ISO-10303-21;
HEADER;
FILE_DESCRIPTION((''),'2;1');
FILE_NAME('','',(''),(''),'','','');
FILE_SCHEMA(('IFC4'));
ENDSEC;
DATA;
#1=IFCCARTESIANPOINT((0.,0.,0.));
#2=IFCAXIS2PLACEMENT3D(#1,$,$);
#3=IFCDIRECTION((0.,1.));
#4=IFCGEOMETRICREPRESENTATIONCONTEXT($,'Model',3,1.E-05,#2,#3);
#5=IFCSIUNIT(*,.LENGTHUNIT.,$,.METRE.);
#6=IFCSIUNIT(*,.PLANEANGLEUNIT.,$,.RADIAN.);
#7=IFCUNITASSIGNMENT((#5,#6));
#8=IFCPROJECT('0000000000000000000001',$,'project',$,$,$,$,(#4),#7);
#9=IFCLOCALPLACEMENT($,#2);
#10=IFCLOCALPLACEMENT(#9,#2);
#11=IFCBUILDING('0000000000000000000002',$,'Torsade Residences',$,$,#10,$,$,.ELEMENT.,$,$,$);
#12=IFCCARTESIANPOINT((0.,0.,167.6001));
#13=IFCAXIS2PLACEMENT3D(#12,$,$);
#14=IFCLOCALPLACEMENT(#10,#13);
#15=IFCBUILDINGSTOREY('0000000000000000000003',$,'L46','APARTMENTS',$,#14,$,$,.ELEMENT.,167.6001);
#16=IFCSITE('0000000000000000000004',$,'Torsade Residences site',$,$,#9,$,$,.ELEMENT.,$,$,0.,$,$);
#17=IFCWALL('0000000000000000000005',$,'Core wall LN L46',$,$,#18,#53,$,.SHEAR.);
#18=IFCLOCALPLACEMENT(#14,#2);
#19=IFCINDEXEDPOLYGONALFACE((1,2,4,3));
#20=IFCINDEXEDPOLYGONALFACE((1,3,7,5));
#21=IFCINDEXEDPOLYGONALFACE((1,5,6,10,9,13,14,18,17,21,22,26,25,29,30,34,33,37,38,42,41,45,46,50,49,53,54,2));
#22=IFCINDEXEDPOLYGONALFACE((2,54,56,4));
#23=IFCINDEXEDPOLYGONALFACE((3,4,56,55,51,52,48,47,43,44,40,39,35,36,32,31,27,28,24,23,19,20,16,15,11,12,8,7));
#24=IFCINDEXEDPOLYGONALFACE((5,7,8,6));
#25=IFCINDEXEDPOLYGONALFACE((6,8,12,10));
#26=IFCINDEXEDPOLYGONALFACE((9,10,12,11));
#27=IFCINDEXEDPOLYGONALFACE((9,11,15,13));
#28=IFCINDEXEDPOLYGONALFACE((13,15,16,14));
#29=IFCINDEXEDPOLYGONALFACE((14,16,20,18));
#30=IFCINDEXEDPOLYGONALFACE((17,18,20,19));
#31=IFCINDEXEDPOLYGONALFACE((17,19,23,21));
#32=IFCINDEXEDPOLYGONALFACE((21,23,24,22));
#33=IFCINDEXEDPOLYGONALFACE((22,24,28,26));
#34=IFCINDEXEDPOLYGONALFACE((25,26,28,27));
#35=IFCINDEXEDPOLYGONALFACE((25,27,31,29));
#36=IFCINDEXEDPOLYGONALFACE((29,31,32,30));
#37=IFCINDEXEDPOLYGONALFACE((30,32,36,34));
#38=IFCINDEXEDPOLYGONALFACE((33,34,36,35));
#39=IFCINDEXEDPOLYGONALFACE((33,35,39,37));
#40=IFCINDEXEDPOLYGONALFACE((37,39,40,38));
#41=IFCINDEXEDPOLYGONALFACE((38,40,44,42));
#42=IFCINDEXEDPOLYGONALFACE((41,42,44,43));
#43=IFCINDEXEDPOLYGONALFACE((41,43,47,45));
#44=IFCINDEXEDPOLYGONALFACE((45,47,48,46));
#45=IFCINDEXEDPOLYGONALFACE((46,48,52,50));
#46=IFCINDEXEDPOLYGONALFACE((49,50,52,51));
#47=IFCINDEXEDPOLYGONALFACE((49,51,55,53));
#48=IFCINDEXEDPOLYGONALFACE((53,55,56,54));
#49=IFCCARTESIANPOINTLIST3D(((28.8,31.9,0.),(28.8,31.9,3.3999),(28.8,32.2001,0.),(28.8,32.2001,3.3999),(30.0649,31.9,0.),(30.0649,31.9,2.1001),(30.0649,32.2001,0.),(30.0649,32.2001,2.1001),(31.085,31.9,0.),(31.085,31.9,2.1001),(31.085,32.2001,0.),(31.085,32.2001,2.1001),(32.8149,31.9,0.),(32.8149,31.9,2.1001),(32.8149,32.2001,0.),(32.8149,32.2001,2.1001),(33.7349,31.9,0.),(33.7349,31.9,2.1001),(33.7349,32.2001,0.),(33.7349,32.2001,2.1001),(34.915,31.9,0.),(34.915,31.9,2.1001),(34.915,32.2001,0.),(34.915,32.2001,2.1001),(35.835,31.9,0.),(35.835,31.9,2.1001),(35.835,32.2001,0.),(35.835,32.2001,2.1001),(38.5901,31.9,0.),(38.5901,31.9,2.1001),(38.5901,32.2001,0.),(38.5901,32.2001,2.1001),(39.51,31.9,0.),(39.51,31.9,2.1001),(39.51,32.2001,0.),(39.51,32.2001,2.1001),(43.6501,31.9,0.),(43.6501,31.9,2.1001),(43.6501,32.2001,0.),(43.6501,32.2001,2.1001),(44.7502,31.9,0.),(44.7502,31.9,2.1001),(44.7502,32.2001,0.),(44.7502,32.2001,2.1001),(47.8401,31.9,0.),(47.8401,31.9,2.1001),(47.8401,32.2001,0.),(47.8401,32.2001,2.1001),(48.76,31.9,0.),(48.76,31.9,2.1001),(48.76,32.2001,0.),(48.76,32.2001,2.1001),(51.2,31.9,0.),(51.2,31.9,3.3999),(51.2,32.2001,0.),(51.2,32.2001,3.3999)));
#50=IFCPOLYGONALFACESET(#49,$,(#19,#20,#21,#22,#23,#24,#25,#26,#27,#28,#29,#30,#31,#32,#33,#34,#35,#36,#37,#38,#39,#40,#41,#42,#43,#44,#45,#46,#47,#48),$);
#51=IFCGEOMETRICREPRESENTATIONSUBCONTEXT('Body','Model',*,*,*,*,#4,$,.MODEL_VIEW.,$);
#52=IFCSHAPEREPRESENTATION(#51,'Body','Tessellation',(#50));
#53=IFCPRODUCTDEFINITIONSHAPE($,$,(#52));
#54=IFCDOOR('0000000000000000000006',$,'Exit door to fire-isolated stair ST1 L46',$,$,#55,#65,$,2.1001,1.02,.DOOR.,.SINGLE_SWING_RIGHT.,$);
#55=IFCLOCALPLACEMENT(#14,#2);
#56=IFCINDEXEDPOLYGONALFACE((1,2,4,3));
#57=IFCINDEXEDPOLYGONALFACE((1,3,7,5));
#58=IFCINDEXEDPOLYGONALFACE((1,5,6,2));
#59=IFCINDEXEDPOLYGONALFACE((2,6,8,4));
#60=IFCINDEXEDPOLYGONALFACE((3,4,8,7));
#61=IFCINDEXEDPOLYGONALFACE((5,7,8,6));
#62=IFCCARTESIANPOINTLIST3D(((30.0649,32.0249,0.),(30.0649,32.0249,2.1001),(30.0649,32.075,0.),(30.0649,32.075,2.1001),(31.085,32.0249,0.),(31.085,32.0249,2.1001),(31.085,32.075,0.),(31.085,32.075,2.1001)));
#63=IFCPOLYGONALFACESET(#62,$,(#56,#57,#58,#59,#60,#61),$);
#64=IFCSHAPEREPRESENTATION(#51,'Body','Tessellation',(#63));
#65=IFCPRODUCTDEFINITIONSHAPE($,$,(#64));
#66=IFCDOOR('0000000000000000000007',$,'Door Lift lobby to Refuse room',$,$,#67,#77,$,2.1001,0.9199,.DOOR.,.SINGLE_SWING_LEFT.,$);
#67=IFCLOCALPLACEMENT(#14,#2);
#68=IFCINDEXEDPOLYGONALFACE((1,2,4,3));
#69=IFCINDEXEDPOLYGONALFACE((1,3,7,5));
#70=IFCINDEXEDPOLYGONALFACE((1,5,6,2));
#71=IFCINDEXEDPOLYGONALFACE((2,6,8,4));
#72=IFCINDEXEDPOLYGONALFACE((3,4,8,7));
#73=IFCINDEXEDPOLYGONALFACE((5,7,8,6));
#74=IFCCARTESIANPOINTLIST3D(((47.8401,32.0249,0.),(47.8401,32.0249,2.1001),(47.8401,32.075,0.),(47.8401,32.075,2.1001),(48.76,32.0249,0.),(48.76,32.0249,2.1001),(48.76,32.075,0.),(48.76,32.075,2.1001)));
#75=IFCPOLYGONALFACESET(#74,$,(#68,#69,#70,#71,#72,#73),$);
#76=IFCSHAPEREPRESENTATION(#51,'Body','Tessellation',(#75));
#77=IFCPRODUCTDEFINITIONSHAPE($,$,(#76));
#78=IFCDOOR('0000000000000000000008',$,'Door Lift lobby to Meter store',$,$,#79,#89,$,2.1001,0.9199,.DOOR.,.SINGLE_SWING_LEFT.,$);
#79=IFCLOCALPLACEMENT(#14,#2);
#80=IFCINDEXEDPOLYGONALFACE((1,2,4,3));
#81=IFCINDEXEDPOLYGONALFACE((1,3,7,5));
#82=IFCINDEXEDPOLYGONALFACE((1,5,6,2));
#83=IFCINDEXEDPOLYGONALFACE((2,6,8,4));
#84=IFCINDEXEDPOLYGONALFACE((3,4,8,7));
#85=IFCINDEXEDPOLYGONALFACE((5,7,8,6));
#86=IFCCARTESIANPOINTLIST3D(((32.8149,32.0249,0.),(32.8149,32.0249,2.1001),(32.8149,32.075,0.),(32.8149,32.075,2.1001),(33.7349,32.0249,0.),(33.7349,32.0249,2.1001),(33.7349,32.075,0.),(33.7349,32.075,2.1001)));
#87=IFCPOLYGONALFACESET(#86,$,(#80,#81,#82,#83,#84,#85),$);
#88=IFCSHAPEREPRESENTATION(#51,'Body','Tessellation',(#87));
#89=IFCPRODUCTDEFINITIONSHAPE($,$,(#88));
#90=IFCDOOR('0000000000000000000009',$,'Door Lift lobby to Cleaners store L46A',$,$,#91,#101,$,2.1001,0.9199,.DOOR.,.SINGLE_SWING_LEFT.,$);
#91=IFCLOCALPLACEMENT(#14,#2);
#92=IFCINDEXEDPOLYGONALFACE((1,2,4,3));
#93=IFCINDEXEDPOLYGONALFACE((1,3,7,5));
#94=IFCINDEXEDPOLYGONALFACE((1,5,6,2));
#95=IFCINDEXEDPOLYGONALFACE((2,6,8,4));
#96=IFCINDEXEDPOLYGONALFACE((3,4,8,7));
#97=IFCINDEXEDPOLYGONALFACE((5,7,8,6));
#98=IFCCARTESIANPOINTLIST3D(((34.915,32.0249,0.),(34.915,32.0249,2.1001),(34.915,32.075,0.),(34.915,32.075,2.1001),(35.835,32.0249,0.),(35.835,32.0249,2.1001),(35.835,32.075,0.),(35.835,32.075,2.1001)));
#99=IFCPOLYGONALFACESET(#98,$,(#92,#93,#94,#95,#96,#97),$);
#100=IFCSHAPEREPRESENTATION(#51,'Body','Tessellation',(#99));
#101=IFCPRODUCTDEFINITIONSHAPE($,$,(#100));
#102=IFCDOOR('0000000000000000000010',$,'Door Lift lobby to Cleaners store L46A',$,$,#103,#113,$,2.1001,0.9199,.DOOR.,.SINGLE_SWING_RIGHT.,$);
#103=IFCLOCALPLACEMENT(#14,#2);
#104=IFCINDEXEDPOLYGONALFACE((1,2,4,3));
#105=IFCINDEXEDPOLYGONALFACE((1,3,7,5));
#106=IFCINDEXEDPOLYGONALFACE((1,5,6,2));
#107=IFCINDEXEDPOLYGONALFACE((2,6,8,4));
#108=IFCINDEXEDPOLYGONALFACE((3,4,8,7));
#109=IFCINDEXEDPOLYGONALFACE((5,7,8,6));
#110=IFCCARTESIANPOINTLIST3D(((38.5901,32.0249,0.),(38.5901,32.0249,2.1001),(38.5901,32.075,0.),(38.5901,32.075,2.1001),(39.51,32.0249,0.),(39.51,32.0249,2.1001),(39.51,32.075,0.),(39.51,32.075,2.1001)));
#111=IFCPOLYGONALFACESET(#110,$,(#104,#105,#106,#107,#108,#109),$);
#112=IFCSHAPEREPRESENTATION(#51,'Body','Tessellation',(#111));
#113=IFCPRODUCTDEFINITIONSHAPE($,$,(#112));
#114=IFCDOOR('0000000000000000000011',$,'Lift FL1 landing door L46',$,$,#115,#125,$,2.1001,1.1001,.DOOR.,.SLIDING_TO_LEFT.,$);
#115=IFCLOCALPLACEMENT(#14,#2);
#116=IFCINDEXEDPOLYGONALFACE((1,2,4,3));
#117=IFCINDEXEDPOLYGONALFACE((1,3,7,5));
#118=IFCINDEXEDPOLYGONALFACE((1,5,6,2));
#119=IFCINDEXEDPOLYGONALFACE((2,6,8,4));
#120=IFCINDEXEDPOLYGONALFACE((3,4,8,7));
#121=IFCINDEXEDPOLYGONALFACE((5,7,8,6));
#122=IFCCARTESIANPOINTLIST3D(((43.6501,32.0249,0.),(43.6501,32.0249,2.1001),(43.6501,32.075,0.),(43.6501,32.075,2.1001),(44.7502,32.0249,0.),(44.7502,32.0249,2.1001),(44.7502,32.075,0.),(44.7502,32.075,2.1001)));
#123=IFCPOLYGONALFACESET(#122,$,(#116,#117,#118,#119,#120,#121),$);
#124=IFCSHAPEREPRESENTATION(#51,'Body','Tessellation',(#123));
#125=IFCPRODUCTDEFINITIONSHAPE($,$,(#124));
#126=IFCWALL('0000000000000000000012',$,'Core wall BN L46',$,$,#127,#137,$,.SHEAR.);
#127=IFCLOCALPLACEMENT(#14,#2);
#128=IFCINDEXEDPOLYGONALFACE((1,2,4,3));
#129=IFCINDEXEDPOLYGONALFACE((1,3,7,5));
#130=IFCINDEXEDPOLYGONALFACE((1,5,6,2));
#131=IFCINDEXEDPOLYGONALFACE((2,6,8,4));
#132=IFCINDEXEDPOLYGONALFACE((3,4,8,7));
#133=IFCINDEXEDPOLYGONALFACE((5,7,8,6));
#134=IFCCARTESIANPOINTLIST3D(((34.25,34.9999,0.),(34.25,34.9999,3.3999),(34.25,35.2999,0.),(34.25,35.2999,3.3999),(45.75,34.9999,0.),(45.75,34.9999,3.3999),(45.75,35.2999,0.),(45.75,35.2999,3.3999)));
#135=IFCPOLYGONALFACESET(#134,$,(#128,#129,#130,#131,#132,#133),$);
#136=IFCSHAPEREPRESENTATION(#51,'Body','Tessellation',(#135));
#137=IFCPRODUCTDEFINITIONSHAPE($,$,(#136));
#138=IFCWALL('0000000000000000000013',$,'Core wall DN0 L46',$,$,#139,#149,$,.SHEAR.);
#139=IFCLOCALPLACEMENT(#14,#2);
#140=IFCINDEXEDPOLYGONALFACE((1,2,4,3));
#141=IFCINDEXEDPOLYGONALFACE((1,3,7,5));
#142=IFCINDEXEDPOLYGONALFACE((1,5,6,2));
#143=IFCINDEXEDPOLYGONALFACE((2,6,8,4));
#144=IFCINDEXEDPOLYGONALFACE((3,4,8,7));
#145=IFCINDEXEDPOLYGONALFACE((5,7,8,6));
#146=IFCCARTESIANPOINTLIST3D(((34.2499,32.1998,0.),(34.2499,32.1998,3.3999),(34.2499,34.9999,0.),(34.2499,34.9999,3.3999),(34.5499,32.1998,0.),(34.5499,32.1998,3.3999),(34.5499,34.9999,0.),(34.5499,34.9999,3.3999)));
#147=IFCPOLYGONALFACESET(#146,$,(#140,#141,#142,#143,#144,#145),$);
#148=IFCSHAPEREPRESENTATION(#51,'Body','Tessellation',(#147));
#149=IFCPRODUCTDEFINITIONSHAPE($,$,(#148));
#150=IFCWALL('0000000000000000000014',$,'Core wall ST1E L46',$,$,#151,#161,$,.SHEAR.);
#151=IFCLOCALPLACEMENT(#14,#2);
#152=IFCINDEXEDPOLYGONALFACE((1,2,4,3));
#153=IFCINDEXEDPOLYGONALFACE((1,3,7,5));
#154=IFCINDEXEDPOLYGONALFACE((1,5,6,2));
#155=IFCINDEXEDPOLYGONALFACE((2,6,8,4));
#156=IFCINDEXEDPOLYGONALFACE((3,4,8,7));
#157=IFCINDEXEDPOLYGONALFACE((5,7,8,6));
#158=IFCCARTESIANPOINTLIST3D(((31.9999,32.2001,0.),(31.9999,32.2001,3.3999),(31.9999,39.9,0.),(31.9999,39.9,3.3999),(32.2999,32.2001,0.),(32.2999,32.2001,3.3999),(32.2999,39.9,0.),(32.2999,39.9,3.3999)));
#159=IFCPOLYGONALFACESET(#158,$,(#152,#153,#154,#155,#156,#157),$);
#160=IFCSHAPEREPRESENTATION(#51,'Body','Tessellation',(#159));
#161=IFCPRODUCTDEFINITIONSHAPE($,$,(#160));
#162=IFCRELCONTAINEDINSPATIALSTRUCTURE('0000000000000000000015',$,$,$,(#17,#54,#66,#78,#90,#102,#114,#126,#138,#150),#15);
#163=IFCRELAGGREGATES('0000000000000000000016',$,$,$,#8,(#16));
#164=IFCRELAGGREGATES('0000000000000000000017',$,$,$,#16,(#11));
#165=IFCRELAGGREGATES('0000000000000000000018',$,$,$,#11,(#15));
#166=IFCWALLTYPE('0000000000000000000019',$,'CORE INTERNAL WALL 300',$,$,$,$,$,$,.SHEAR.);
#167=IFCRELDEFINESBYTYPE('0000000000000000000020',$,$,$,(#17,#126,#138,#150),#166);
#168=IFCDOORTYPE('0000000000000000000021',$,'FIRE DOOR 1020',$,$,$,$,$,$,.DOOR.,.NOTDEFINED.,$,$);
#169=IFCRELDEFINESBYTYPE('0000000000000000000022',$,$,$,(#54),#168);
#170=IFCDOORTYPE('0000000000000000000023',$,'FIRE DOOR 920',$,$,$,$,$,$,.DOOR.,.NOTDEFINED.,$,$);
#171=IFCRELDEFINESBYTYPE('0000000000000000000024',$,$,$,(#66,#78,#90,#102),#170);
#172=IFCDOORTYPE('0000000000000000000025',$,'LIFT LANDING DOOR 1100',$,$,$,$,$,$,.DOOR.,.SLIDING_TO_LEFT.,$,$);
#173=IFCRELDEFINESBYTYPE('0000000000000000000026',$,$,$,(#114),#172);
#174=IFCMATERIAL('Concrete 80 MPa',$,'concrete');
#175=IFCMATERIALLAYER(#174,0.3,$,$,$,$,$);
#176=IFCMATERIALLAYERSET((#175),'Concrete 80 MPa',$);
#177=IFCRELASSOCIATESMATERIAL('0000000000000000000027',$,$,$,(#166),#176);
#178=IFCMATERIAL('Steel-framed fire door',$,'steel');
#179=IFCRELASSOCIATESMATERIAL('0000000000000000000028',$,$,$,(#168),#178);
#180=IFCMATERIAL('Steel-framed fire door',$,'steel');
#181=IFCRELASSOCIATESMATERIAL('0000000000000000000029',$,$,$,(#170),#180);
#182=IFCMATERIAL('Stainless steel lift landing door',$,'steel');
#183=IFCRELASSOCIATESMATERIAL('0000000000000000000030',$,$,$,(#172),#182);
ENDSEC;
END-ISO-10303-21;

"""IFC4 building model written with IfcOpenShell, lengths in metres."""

from ifc_helpers import new_model, si_unit, direction, frame, frame_2d, origin, place, context, subcontext, project, spatial, rectangle, extrude, material, layer, layer_set, type_object, element, fill, save


model = new_model("IFC4")

# Units and contexts
model_context = context("Model", 3, precision=1e-05, world=origin(), true_north=direction((0.0, 1.0)))
body_context = subcontext(model_context, "Body", "Model", "MODEL_VIEW")
ifc_project = project(units=[si_unit("LENGTHUNIT", "METRE"), si_unit("PLANEANGLEUNIT", "RADIAN")], contexts=[model_context])

# Site, building, storey
site_placement = place(None, origin())
site = spatial("IfcSite", under=ifc_project, at=site_placement, Name="Torsade Residences site", CompositionType="ELEMENT", RefElevation=0.0)
building_placement = place(site_placement, origin())
building = spatial("IfcBuilding", under=site, at=building_placement, Name="Torsade Residences", CompositionType="ELEMENT")
storey_placement = place(building_placement, frame((0.0, 0.0, 167.6001)))
storey = spatial("IfcBuildingStorey", under=building, at=storey_placement, Name="L46", Description="APARTMENTS", CompositionType="ELEMENT", Elevation=167.6001)

# Wall, openings, doors
ifc_material_1 = material(Name="Concrete 80 MPa", Category="concrete")
ifc_layer_1 = layer(ifc_material_1, 0.3)
ifc_layer_set_1 = layer_set([ifc_layer_1], Name="Concrete 80 MPa")
wall_type_1 = type_object("IfcWallType", Name="CORE INTERNAL WALL 300", PredefinedType="SHEAR", material=ifc_layer_set_1)
wall_1_placement = place(storey_placement, frame((28.8, 32.05, 0.0), z_axis=(0.0, 0.0, 1.0), x_axis=(1.0, 0.0, 0.0)))
wall_1 = element("IfcWall", 1, at=wall_1_placement, inside=storey, type_object=wall_type_1, Name="Core wall LN L46", PredefinedType="SHEAR", context=body_context, shape_type="SweptSolid", body=[
    extrude(rectangle(XDim=22.3999, YDim=0.3, at=frame_2d((11.2, 0.0))), origin(), (0.0, 0.0, 1.0), 3.3999),
])
opening_1_placement = place(wall_1_placement, frame((19.04, 0.0, 0.0)))
opening_1 = element("IfcOpeningElement", 2, at=opening_1_placement, cuts=wall_1, PredefinedType="OPENING", context=body_context, shape_type="SweptSolid", body=[
    extrude(rectangle(XDim=0.9199, YDim=2.1001, at=frame_2d((0.46, 1.05))), frame((0.0, 0.1599, 0.0), z_axis=(0.0, -1.0, 0.0), x_axis=(1.0, 0.0, 0.0)), (0.0, 0.0, 1.0), 0.3201),
])
opening_2_placement = place(wall_1_placement, frame((1.2649, 0.0, 0.0)))
opening_2 = element("IfcOpeningElement", 3, at=opening_2_placement, cuts=wall_1, PredefinedType="OPENING", context=body_context, shape_type="SweptSolid", body=[
    extrude(rectangle(XDim=1.02, YDim=2.1001, at=frame_2d((0.51, 1.05))), frame((0.0, 0.1599, 0.0), z_axis=(0.0, -1.0, 0.0), x_axis=(1.0, 0.0, 0.0)), (0.0, 0.0, 1.0), 0.3201),
])
opening_3_placement = place(wall_1_placement, frame((4.0149, 0.0, 0.0)))
opening_3 = element("IfcOpeningElement", 4, at=opening_3_placement, cuts=wall_1, PredefinedType="OPENING", context=body_context, shape_type="SweptSolid", body=[
    extrude(rectangle(XDim=0.9199, YDim=2.1001, at=frame_2d((0.46, 1.05))), frame((0.0, 0.1599, 0.0), z_axis=(0.0, -1.0, 0.0), x_axis=(1.0, 0.0, 0.0)), (0.0, 0.0, 1.0), 0.3201),
])
opening_4_placement = place(wall_1_placement, frame((6.115, 0.0, 0.0)))
opening_4 = element("IfcOpeningElement", 5, at=opening_4_placement, cuts=wall_1, PredefinedType="OPENING", context=body_context, shape_type="SweptSolid", body=[
    extrude(rectangle(XDim=0.9199, YDim=2.1001, at=frame_2d((0.46, 1.05))), frame((0.0, 0.1599, 0.0), z_axis=(0.0, -1.0, 0.0), x_axis=(1.0, 0.0, 0.0)), (0.0, 0.0, 1.0), 0.3201),
])
opening_5_placement = place(wall_1_placement, frame((9.79, 0.0, 0.0)))
opening_5 = element("IfcOpeningElement", 6, at=opening_5_placement, cuts=wall_1, PredefinedType="OPENING", context=body_context, shape_type="SweptSolid", body=[
    extrude(rectangle(XDim=0.9199, YDim=2.1001, at=frame_2d((0.46, 1.05))), frame((0.0, 0.1599, 0.0), z_axis=(0.0, -1.0, 0.0), x_axis=(1.0, 0.0, 0.0)), (0.0, 0.0, 1.0), 0.3201),
])
opening_6_placement = place(wall_1_placement, frame((14.8501, 0.0, 0.0)))
opening_6 = element("IfcOpeningElement", 7, at=opening_6_placement, cuts=wall_1, PredefinedType="OPENING", context=body_context, shape_type="SweptSolid", body=[
    extrude(rectangle(XDim=1.1001, YDim=2.1001, at=frame_2d((0.55, 1.05))), frame((0.0, 0.1599, 0.0), z_axis=(0.0, -1.0, 0.0), x_axis=(1.0, 0.0, 0.0)), (0.0, 0.0, 1.0), 0.3201),
])
ifc_material_2 = material(Name="Steel-framed fire door", Category="steel")
door_type_1 = type_object("IfcDoorType", Name="FIRE DOOR 1020", OperationType="NOTDEFINED", PredefinedType="DOOR", material=ifc_material_2)
door_1_placement = place(opening_2_placement, origin())
door_1 = element("IfcDoor", 8, at=door_1_placement, inside=storey, type_object=door_type_1, Name="Exit door to fire-isolated stair ST1 L46", OperationType="SINGLE_SWING_RIGHT", OverallHeight=2.1001, OverallWidth=1.02, PredefinedType="DOOR", context=body_context, shape_type="SweptSolid", body=[
    extrude(rectangle(XDim=1.02, YDim=2.1001, at=frame_2d((0.51, 1.05))), frame((0.0, 0.0249, 0.0), z_axis=(0.0, -1.0, 0.0), x_axis=(1.0, 0.0, 0.0)), (0.0, 0.0, 1.0), 0.05),
])
fill(opening_2, door_1)
ifc_material_3 = material(Name="Steel-framed fire door", Category="steel")
door_type_2 = type_object("IfcDoorType", Name="FIRE DOOR 920", OperationType="NOTDEFINED", PredefinedType="DOOR", material=ifc_material_3)
door_2_placement = place(opening_1_placement, origin())
door_2 = element("IfcDoor", 9, at=door_2_placement, inside=storey, type_object=door_type_2, Name="Door Lift lobby to Refuse room", OperationType="SINGLE_SWING_LEFT", OverallHeight=2.1001, OverallWidth=0.9199, PredefinedType="DOOR", context=body_context, shape_type="SweptSolid", body=[
    extrude(rectangle(XDim=0.9199, YDim=2.1001, at=frame_2d((0.46, 1.05))), frame((0.0, 0.0249, 0.0), z_axis=(0.0, -1.0, 0.0), x_axis=(1.0, 0.0, 0.0)), (0.0, 0.0, 1.0), 0.05),
])
fill(opening_1, door_2)
door_3_placement = place(opening_3_placement, origin())
door_3 = element("IfcDoor", 10, at=door_3_placement, inside=storey, type_object=door_type_2, Name="Door Lift lobby to Meter store", OperationType="SINGLE_SWING_LEFT", OverallHeight=2.1001, OverallWidth=0.9199, PredefinedType="DOOR", context=body_context, shape_type="SweptSolid", body=[
    extrude(rectangle(XDim=0.9199, YDim=2.1001, at=frame_2d((0.46, 1.05))), frame((0.0, 0.0249, 0.0), z_axis=(0.0, -1.0, 0.0), x_axis=(1.0, 0.0, 0.0)), (0.0, 0.0, 1.0), 0.05),
])
fill(opening_3, door_3)
door_4_placement = place(opening_4_placement, origin())
door_4 = element("IfcDoor", 11, at=door_4_placement, inside=storey, type_object=door_type_2, Name="Door Lift lobby to Cleaners store L46A", OperationType="SINGLE_SWING_LEFT", OverallHeight=2.1001, OverallWidth=0.9199, PredefinedType="DOOR", context=body_context, shape_type="SweptSolid", body=[
    extrude(rectangle(XDim=0.9199, YDim=2.1001, at=frame_2d((0.46, 1.05))), frame((0.0, 0.0249, 0.0), z_axis=(0.0, -1.0, 0.0), x_axis=(1.0, 0.0, 0.0)), (0.0, 0.0, 1.0), 0.05),
])
fill(opening_4, door_4)
door_5_placement = place(opening_5_placement, origin())
door_5 = element("IfcDoor", 12, at=door_5_placement, inside=storey, type_object=door_type_2, Name="Door Lift lobby to Cleaners store L46A", OperationType="SINGLE_SWING_RIGHT", OverallHeight=2.1001, OverallWidth=0.9199, PredefinedType="DOOR", context=body_context, shape_type="SweptSolid", body=[
    extrude(rectangle(XDim=0.9199, YDim=2.1001, at=frame_2d((0.46, 1.05))), frame((0.0, 0.0249, 0.0), z_axis=(0.0, -1.0, 0.0), x_axis=(1.0, 0.0, 0.0)), (0.0, 0.0, 1.0), 0.05),
])
fill(opening_5, door_5)
ifc_material_4 = material(Name="Stainless steel lift landing door", Category="steel")
door_type_3 = type_object("IfcDoorType", Name="LIFT LANDING DOOR 1100", OperationType="SLIDING_TO_LEFT", PredefinedType="DOOR", material=ifc_material_4)
door_6_placement = place(opening_6_placement, origin())
door_6 = element("IfcDoor", 13, at=door_6_placement, inside=storey, type_object=door_type_3, Name="Lift FL1 landing door L46", OperationType="SLIDING_TO_LEFT", OverallHeight=2.1001, OverallWidth=1.1001, PredefinedType="DOOR", context=body_context, shape_type="SweptSolid", body=[
    extrude(rectangle(XDim=1.1001, YDim=2.1001, at=frame_2d((0.55, 1.05))), frame((0.0, 0.0249, 0.0), z_axis=(0.0, -1.0, 0.0), x_axis=(1.0, 0.0, 0.0)), (0.0, 0.0, 1.0), 0.05),
])
fill(opening_6, door_6)

# Walls
wall_2_placement = place(storey_placement, frame((34.25, 35.1499, 0.0), z_axis=(0.0, 0.0, 1.0), x_axis=(1.0, 0.0, 0.0)))
element("IfcWall", 14, at=wall_2_placement, inside=storey, type_object=wall_type_1, Name="Core wall BN L46", PredefinedType="SHEAR", context=body_context, shape_type="SweptSolid", body=[
    extrude(rectangle(XDim=11.5, YDim=0.3, at=frame_2d((5.75, 0.0))), origin(), (0.0, 0.0, 1.0), 3.3999),
])
wall_3_placement = place(storey_placement, frame((34.3999, 32.2, 0.0), z_axis=(0.0, 0.0, 1.0), x_axis=(0.0, 1.0, 0.0)))
element("IfcWall", 15, at=wall_3_placement, inside=storey, type_object=wall_type_1, Name="Core wall DN0 L46", PredefinedType="SHEAR", context=body_context, shape_type="SweptSolid", body=[
    extrude(rectangle(XDim=2.8, YDim=0.3, at=frame_2d((1.3999, 0.0))), origin(), (0.0, 0.0, 1.0), 3.3999),
])
wall_4_placement = place(storey_placement, frame((32.1499, 32.2, 0.0), z_axis=(0.0, 0.0, 1.0), x_axis=(0.0, 1.0, 0.0)))
element("IfcWall", 16, at=wall_4_placement, inside=storey, type_object=wall_type_1, Name="Core wall ST1E L46", PredefinedType="SHEAR", context=body_context, shape_type="SweptSolid", body=[
    extrude(rectangle(XDim=7.7, YDim=0.3, at=frame_2d((3.8501, 0.0))), origin(), (0.0, 0.0, 1.0), 3.3999),
])

save(model, "model.ifc")
